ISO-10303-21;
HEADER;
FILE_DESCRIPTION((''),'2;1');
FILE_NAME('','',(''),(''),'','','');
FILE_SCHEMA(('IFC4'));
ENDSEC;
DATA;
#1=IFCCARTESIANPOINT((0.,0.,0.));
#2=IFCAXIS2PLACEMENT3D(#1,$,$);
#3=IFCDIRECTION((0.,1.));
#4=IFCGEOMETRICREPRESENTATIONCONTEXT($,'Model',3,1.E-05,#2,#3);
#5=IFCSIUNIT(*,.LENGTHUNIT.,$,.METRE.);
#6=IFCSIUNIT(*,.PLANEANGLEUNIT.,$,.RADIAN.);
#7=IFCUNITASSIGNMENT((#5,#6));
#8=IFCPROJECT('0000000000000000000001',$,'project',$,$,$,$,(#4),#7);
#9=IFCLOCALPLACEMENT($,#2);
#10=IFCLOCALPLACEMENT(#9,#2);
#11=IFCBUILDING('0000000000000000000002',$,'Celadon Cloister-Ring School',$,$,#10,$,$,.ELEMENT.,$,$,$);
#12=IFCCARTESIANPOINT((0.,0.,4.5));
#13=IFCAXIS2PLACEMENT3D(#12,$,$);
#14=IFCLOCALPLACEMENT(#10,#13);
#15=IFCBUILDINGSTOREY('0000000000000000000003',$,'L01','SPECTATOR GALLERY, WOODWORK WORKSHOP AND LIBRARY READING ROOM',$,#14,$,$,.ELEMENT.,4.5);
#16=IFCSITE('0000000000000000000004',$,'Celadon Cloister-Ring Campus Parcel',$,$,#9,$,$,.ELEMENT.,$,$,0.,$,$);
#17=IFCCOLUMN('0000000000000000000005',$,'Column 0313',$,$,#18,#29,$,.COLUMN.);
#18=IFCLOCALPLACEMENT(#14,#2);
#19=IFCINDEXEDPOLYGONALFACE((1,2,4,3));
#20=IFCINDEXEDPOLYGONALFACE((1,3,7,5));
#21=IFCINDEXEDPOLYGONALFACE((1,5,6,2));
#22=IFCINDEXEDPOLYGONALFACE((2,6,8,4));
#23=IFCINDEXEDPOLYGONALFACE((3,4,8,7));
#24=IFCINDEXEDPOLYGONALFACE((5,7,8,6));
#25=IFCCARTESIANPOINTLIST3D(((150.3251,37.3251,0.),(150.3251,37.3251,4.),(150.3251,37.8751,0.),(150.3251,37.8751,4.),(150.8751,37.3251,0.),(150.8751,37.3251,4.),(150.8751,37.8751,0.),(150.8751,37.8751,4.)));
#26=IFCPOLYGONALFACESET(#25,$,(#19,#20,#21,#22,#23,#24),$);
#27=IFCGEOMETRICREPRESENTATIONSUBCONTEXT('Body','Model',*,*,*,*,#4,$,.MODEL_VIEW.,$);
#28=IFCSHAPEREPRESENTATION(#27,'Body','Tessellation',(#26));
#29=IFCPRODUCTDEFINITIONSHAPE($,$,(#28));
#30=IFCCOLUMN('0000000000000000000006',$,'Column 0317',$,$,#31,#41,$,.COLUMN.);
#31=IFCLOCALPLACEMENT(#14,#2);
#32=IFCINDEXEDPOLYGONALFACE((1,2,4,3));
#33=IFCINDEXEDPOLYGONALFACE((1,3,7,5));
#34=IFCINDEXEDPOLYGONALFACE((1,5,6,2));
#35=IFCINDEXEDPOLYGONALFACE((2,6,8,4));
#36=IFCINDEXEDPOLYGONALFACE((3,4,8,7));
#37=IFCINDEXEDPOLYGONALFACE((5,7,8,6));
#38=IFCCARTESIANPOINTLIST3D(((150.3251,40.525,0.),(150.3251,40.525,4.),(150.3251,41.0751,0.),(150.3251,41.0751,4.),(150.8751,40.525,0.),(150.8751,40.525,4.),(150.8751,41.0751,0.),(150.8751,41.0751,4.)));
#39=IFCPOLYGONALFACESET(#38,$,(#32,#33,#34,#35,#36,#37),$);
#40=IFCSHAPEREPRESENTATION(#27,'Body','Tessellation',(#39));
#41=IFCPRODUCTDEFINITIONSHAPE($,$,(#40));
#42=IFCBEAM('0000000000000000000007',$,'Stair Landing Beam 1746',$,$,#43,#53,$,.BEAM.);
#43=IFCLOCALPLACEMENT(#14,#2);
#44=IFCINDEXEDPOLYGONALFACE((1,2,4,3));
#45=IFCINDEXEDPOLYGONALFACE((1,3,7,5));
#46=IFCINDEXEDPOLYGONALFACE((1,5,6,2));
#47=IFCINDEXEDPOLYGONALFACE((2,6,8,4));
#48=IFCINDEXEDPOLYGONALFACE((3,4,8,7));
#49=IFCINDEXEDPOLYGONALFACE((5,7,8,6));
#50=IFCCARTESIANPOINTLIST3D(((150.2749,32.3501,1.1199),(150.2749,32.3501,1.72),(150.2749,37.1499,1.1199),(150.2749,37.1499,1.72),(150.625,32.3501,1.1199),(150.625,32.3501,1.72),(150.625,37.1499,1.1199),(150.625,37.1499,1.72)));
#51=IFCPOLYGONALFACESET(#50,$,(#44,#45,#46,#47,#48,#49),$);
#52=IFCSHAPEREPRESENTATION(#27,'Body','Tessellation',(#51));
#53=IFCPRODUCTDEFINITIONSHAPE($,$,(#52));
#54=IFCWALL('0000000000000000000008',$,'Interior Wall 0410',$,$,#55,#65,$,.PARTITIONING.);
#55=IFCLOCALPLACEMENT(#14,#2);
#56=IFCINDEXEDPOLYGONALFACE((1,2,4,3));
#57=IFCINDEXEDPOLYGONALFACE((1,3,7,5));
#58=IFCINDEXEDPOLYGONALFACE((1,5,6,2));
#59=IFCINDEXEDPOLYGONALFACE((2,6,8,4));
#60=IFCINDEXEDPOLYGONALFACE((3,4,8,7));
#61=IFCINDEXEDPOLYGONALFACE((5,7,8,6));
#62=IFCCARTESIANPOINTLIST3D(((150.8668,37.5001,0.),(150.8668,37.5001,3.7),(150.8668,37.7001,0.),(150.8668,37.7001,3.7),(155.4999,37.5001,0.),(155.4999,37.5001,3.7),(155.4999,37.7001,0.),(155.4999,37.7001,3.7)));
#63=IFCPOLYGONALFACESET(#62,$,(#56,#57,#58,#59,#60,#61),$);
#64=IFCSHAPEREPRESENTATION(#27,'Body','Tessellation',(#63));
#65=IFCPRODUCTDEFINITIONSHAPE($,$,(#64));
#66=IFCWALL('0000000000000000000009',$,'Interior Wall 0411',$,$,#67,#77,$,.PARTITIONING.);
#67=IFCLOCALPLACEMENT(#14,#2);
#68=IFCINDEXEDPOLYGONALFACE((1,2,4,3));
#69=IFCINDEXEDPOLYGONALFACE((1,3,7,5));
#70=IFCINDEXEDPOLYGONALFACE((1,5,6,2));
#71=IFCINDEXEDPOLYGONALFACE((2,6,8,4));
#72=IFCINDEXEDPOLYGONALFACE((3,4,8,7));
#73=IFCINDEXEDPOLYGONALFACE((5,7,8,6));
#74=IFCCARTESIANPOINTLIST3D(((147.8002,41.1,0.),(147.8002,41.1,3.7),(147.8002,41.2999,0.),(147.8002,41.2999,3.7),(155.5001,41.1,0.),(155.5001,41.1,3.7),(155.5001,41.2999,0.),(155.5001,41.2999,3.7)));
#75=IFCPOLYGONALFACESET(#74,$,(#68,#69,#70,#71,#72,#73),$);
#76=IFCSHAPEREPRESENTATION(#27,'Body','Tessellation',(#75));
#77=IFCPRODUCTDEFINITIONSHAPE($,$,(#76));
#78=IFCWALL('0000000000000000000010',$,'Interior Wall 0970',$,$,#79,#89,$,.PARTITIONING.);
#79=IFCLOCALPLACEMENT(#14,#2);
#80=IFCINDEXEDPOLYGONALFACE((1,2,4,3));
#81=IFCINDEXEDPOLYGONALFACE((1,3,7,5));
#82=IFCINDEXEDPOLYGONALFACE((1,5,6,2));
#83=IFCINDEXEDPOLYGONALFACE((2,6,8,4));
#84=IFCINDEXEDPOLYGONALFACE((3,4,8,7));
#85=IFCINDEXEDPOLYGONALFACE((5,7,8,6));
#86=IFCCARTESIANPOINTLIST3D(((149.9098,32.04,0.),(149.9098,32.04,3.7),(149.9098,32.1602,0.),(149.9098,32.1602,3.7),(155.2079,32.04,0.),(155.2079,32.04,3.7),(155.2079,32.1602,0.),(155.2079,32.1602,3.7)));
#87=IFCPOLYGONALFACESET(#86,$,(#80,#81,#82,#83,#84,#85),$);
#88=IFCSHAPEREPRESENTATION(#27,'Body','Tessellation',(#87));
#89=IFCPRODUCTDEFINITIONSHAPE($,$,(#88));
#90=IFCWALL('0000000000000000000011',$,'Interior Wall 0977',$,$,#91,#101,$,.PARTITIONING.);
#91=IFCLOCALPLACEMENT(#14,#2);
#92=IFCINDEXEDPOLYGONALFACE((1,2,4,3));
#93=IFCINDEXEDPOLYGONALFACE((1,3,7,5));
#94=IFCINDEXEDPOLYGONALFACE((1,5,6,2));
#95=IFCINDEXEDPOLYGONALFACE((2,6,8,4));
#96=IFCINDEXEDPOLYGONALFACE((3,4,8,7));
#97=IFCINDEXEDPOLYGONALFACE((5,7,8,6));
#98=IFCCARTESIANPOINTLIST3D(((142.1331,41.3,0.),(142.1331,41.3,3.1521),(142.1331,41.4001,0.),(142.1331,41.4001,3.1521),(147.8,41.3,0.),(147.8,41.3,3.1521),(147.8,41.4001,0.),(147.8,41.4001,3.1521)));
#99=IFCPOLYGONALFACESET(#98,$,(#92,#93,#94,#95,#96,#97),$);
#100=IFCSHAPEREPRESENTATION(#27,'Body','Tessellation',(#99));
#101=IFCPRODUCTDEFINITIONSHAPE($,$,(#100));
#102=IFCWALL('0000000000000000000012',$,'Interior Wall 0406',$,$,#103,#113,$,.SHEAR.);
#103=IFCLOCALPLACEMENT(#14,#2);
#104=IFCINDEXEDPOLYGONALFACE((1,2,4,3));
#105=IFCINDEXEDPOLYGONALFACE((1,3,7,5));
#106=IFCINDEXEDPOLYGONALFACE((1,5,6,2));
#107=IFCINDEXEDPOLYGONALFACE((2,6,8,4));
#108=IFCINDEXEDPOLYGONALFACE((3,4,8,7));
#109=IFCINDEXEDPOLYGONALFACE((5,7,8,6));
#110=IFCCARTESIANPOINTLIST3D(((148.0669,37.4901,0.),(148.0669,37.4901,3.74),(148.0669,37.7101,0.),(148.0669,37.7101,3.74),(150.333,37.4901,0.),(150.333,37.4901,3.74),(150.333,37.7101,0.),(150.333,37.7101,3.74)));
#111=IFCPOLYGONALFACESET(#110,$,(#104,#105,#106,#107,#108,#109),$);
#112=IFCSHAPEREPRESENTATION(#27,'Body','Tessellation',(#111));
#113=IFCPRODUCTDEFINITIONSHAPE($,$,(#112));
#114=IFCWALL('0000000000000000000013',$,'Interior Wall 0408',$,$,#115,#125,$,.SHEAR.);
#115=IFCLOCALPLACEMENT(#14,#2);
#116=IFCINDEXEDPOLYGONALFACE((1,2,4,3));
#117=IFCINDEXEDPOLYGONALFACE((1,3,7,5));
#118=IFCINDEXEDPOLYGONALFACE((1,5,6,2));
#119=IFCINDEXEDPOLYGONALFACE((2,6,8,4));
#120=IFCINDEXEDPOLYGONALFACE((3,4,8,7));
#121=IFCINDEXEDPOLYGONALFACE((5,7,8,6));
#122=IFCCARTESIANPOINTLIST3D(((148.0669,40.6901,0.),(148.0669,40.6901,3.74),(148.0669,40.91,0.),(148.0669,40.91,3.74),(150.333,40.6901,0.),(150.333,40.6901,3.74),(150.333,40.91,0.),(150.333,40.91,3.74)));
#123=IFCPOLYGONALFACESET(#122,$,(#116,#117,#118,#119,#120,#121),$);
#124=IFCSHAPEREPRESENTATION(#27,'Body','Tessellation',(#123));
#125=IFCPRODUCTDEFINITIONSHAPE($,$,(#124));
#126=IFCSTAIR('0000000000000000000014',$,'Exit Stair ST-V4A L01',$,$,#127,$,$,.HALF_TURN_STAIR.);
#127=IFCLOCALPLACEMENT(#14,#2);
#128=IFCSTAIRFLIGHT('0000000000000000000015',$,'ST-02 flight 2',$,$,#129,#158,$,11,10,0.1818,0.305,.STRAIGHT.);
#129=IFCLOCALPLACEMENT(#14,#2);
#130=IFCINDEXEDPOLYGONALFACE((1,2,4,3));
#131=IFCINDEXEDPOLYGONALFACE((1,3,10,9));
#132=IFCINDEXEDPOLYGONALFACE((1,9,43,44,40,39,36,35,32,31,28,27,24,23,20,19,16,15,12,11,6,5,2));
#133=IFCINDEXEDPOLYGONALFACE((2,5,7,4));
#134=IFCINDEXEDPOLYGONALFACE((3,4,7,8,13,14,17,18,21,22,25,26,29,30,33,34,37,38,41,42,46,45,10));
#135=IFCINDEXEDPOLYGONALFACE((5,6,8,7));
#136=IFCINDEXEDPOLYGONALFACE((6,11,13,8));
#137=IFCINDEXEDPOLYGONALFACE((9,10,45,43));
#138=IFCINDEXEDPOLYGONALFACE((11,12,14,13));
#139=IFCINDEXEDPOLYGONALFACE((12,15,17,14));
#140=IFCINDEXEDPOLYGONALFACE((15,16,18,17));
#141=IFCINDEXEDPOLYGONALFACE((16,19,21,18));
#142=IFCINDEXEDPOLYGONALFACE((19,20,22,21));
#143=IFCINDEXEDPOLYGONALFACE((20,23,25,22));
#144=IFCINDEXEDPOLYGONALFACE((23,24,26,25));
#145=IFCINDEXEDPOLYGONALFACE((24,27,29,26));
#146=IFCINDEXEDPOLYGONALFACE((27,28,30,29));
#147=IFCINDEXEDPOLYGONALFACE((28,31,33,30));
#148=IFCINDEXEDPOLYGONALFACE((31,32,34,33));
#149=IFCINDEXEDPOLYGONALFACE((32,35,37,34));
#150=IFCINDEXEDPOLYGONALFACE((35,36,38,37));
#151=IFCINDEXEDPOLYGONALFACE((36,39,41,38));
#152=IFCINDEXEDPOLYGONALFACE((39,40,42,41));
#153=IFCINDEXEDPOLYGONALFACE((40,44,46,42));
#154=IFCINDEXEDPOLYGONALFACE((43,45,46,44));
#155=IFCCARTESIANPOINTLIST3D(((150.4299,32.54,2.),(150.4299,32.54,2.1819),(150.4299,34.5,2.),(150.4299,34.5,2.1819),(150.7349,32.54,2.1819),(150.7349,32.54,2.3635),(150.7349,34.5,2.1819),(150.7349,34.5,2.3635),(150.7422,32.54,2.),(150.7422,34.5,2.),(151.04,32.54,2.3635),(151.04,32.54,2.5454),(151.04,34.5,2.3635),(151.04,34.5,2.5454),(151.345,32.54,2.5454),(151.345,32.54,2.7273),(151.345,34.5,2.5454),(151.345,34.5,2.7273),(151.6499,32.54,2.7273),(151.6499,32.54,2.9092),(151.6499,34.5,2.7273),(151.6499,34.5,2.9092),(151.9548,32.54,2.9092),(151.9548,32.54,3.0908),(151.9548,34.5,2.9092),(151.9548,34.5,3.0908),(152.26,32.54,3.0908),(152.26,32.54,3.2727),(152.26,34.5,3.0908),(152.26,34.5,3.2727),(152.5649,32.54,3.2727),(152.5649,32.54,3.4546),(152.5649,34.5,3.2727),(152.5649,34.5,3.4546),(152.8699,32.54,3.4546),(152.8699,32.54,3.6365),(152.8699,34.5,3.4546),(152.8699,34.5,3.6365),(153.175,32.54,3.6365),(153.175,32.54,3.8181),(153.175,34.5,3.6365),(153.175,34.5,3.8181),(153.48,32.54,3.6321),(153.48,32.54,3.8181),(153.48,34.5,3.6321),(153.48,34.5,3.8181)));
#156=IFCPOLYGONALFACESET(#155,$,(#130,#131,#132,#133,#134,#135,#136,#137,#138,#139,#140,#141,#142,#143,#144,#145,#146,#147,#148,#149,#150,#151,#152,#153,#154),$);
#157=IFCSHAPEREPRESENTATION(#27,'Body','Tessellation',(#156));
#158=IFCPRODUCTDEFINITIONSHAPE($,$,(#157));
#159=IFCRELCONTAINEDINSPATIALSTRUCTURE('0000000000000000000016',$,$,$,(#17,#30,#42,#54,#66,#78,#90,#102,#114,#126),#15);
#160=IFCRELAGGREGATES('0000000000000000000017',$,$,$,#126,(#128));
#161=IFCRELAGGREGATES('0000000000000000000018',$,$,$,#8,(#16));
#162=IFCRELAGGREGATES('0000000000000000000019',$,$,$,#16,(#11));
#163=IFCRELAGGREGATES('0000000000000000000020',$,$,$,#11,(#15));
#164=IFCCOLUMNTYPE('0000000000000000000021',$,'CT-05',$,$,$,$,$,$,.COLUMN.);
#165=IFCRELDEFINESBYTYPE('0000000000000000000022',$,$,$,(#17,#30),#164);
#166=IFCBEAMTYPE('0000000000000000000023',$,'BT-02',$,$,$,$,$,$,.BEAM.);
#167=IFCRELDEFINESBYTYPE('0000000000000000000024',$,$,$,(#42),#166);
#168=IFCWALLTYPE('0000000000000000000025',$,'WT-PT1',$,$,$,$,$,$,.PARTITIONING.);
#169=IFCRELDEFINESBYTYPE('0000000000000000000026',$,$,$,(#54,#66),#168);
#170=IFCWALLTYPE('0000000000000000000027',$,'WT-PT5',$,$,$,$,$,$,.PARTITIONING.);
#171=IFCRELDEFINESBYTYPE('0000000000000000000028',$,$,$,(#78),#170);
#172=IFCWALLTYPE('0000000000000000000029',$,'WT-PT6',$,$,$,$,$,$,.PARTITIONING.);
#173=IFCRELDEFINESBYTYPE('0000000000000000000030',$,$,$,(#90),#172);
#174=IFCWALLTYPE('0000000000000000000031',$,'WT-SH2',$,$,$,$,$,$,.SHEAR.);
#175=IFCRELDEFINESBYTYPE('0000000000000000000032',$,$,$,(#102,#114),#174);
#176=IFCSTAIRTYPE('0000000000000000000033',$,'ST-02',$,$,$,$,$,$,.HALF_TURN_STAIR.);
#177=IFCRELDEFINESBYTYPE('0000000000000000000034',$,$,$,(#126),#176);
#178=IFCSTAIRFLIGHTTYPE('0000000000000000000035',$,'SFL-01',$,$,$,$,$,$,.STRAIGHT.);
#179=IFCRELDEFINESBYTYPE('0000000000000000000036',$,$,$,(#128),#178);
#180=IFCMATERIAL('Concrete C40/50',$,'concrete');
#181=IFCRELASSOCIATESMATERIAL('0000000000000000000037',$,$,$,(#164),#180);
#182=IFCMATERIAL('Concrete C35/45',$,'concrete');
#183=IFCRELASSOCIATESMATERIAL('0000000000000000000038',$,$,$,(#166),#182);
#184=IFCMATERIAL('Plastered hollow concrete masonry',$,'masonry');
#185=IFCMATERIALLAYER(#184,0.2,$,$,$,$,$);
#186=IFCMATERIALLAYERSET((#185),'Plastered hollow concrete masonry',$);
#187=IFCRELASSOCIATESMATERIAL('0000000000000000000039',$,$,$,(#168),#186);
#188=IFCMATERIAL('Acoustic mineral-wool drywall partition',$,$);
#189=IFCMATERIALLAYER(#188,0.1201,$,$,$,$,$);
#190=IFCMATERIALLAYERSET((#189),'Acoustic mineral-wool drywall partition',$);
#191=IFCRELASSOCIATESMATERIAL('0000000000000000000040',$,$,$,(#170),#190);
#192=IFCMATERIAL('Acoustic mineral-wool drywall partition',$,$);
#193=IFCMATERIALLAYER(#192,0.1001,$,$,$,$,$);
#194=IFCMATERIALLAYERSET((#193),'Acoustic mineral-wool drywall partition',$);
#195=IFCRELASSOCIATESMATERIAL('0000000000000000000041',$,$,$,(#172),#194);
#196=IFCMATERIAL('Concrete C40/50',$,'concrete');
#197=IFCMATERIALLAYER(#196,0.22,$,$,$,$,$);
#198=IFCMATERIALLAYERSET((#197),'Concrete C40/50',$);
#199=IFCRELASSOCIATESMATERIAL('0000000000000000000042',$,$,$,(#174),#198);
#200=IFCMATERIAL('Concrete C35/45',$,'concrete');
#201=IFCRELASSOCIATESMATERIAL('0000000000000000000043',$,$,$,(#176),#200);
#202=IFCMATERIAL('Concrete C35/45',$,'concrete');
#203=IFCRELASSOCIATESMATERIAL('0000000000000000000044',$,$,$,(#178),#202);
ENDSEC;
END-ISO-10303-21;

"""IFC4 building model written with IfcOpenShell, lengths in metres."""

from ifc_helpers import new_model, si_unit, direction, frame, frame_2d, origin, origin_2d, place, context, subcontext, project, spatial, polyline, rectangle, outline, extrude, material, layer, layer_set, material_profile, profile_set, type_object, element, aggregate, save


model = new_model("IFC4")

# Units and contexts
model_context = context("Model", 3, precision=1e-05, world=origin(), true_north=direction((0.0, 1.0)))
body_context = subcontext(model_context, "Body", "Model", "MODEL_VIEW")
ifc_project = project(units=[si_unit("LENGTHUNIT", "METRE"), si_unit("PLANEANGLEUNIT", "RADIAN")], contexts=[model_context])

# Site, building, storey
site_placement = place(None, origin())
site = spatial("IfcSite", under=ifc_project, at=site_placement, Name="Celadon Cloister-Ring Campus Parcel", CompositionType="ELEMENT", RefElevation=0.0)
building_placement = place(site_placement, origin())
building = spatial("IfcBuilding", under=site, at=building_placement, Name="Celadon Cloister-Ring School", CompositionType="ELEMENT")
storey_placement = place(building_placement, frame((0.0, 0.0, 4.5)))
storey = spatial("IfcBuildingStorey", under=building, at=storey_placement, Name="L01", Description="SPECTATOR GALLERY, WOODWORK WORKSHOP AND LIBRARY READING ROOM", CompositionType="ELEMENT", Elevation=4.5)

# Columns
ifc_material_1 = material(Name="Concrete C40/50", Category="concrete")
ifc_material_profile_1 = material_profile(ifc_material_1, rectangle(XDim=0.55, YDim=0.55, at=origin_2d()), Name="RC550X550")
ifc_profile_set_1 = profile_set([ifc_material_profile_1], Name="Concrete C40/50")
column_type = type_object("IfcColumnType", Name="CT-05", PredefinedType="COLUMN", material=ifc_profile_set_1)
for number, where, z_axis, x_axis, name in (
    (1, (150.6001, 37.6001, 0.0), (0.0, 0.0, 1.0), (1.0, 0.0, 0.0), "Column 0313"),
    (2, (150.6001, 40.8, 0.0), (0.0, 0.0, 1.0), (1.0, 0.0, 0.0), "Column 0317"),
):
    element("IfcColumn", number, at=place(storey_placement, frame(where, z_axis=z_axis, x_axis=x_axis)), inside=storey, type_object=column_type, Name=name, PredefinedType="COLUMN", context=body_context, shape_type="SweptSolid", body=[
        extrude(rectangle(XDim=0.55, YDim=0.55, at=origin_2d()), origin(), (0.0, 0.0, 1.0), 4.0),
    ])

# Beam
ifc_material_2 = material(Name="Concrete C35/45", Category="concrete")
ifc_material_profile_2 = material_profile(ifc_material_2, rectangle(XDim=0.3501, YDim=0.6001, at=origin_2d()), Name="RC350X600")
ifc_profile_set_2 = profile_set([ifc_material_profile_2], Name="Concrete C35/45")
beam_type = type_object("IfcBeamType", Name="BT-02", PredefinedType="BEAM", material=ifc_profile_set_2)
beam_placement = place(storey_placement, frame((150.45, 32.3501, 1.4199), z_axis=(0.0, 1.0, 0.0), x_axis=(-1.0, 0.0, 0.0)))
element("IfcBeam", 3, at=beam_placement, inside=storey, type_object=beam_type, Name="Stair Landing Beam 1746", PredefinedType="BEAM", context=body_context, shape_type="SweptSolid", body=[
    extrude(rectangle(XDim=0.3501, YDim=0.6001, at=origin_2d()), origin(), (0.0, 0.0, 1.0), 4.7998),
])

# Walls
ifc_material_3 = material(Name="Plastered hollow concrete masonry", Category="masonry")
ifc_layer_1 = layer(ifc_material_3, 0.2)
ifc_layer_set_1 = layer_set([ifc_layer_1], Name="Plastered hollow concrete masonry")
wall_type_1 = type_object("IfcWallType", Name="WT-PT1", PredefinedType="PARTITIONING", material=ifc_layer_set_1)
wall_1_placement = place(storey_placement, frame((150.8669, 37.6001, 0.0), z_axis=(0.0, 0.0, 1.0), x_axis=(1.0, 0.0, 0.0)))
element("IfcWall", 4, at=wall_1_placement, inside=storey, type_object=wall_type_1, Name="Interior Wall 0410", PredefinedType="PARTITIONING", context=body_context, shape_type="SweptSolid", body=[
    extrude(rectangle(XDim=4.6331, YDim=0.2, at=frame_2d((2.3164, 0.0))), origin(), (0.0, 0.0, 1.0), 3.7),
])
wall_2_placement = place(storey_placement, frame((147.8, 41.2, 0.0), z_axis=(0.0, 0.0, 1.0), x_axis=(1.0, 0.0, 0.0)))
element("IfcWall", 5, at=wall_2_placement, inside=storey, type_object=wall_type_1, Name="Interior Wall 0411", PredefinedType="PARTITIONING", context=body_context, shape_type="SweptSolid", body=[
    extrude(rectangle(XDim=7.7, YDim=0.2, at=frame_2d((3.8501, 0.0))), origin(), (0.0, 0.0, 1.0), 3.7),
])
ifc_material_4 = material(Name="Acoustic mineral-wool drywall partition")
ifc_layer_2 = layer(ifc_material_4, 0.1201)
ifc_layer_set_2 = layer_set([ifc_layer_2], Name="Acoustic mineral-wool drywall partition")
wall_type_2 = type_object("IfcWallType", Name="WT-PT5", PredefinedType="PARTITIONING", material=ifc_layer_set_2)
wall_3_placement = place(storey_placement, frame((149.9099, 32.1001, 0.0), z_axis=(0.0, 0.0, 1.0), x_axis=(1.0, 0.0, 0.0)))
element("IfcWall", 6, at=wall_3_placement, inside=storey, type_object=wall_type_2, Name="Interior Wall 0970", PredefinedType="PARTITIONING", context=body_context, shape_type="SweptSolid", body=[
    extrude(rectangle(XDim=5.2981, YDim=0.1201, at=frame_2d((2.6489, 0.0))), origin(), (0.0, 0.0, 1.0), 3.7),
])
ifc_material_5 = material(Name="Acoustic mineral-wool drywall partition")
ifc_layer_3 = layer(ifc_material_5, 0.1001)
ifc_layer_set_3 = layer_set([ifc_layer_3], Name="Acoustic mineral-wool drywall partition")
wall_type_3 = type_object("IfcWallType", Name="WT-PT6", PredefinedType="PARTITIONING", material=ifc_layer_set_3)
wall_4_placement = place(storey_placement, frame((147.8, 41.3501, 0.0), z_axis=(0.0, 0.0, 1.0), x_axis=(-1.0, 0.0, 0.0)))
element("IfcWall", 7, at=wall_4_placement, inside=storey, type_object=wall_type_3, Name="Interior Wall 0977", PredefinedType="PARTITIONING", context=body_context, shape_type="SweptSolid", body=[
    extrude(rectangle(XDim=5.667, YDim=0.1001, at=frame_2d((2.8335, 0.0))), origin(), (0.0, 0.0, 1.0), 3.1521),
])
ifc_material_6 = material(Name="Concrete C40/50", Category="concrete")
ifc_layer_4 = layer(ifc_material_6, 0.22)
ifc_layer_set_4 = layer_set([ifc_layer_4], Name="Concrete C40/50")
wall_type_4 = type_object("IfcWallType", Name="WT-SH2", PredefinedType="SHEAR", material=ifc_layer_set_4)
wall_5_placement = place(storey_placement, frame((148.0669, 37.6001, 0.0), z_axis=(0.0, 0.0, 1.0), x_axis=(1.0, 0.0, 0.0)))
element("IfcWall", 8, at=wall_5_placement, inside=storey, type_object=wall_type_4, Name="Interior Wall 0406", PredefinedType="SHEAR", context=body_context, shape_type="SweptSolid", body=[
    extrude(rectangle(XDim=2.2661, YDim=0.22, at=frame_2d((1.1331, 0.0))), origin(), (0.0, 0.0, 1.0), 3.74),
])

# Wall
wall_6_placement = place(storey_placement, frame((150.333, 40.8, 0.0), z_axis=(0.0, 0.0, 1.0), x_axis=(-1.0, 0.0, 0.0)))
element("IfcWall", 9, at=wall_6_placement, inside=storey, type_object=wall_type_4, Name="Interior Wall 0408", PredefinedType="SHEAR", context=body_context, shape_type="SweptSolid", body=[
    extrude(rectangle(XDim=2.2661, YDim=0.22, at=frame_2d((1.1331, 0.0))), origin(), (0.0, 0.0, 1.0), 3.74),
])

# Stair, stair flight
ifc_material_7 = material(Name="Concrete C35/45", Category="concrete")
stair_type = type_object("IfcStairType", Name="ST-02", PredefinedType="HALF_TURN_STAIR", material=ifc_material_7)
stair_placement = place(storey_placement, origin())
stair = element("IfcStair", 10, at=stair_placement, inside=storey, type_object=stair_type, Name="Exit Stair ST-V4A L01", PredefinedType="HALF_TURN_STAIR")
ifc_material_8 = material(Name="Concrete C35/45", Category="concrete")
stair_flight_type = type_object("IfcStairFlightType", Name="SFL-01", PredefinedType="STRAIGHT", material=ifc_material_8)
stair_flight_placement = place(storey_placement, frame((150.4299, 33.52, 2.0), z_axis=(0.0, 0.0, 1.0), x_axis=(1.0, 0.0, 0.0)))
stair_flight = element("IfcStairFlight", 11, at=stair_flight_placement, type_object=stair_flight_type, Name="ST-02 flight 2", NumberOfRisers=11, NumberOfTreads=10, PredefinedType="STRAIGHT", RiserHeight=0.1818, TreadLength=0.305, context=body_context, shape_type="SweptSolid", body=[
    extrude(outline(polyline([(0.0, 0.0), (0.0, 0.1819), (0.3049, 0.1819), (0.3049, 0.3635), (0.6101, 0.3635), (0.6101, 0.5454), (0.915, 0.5454), (0.915, 0.7273), (1.22, 0.7273), (1.22, 0.9092), (1.5249, 0.9092), (1.5249, 1.0908), (1.8301, 1.0908), (1.8301, 1.2727), (2.135, 1.2727), (2.135, 1.4546), (2.4399, 1.4546), (2.4399, 1.6365), (2.7451, 1.6365), (2.7451, 1.8181), (3.05, 1.8181), (3.05, 2.0), (3.05, 1.6321), (0.3123, 0.0), (0.0, 0.0)])), frame((0.0, 0.98, 0.0), z_axis=(0.0, -1.0, 0.0), x_axis=(1.0, 0.0, 0.0)), (0.0, 0.0, 1.0), 1.96),
])
aggregate(stair, [stair_flight])

save(model, "model.ifc")
